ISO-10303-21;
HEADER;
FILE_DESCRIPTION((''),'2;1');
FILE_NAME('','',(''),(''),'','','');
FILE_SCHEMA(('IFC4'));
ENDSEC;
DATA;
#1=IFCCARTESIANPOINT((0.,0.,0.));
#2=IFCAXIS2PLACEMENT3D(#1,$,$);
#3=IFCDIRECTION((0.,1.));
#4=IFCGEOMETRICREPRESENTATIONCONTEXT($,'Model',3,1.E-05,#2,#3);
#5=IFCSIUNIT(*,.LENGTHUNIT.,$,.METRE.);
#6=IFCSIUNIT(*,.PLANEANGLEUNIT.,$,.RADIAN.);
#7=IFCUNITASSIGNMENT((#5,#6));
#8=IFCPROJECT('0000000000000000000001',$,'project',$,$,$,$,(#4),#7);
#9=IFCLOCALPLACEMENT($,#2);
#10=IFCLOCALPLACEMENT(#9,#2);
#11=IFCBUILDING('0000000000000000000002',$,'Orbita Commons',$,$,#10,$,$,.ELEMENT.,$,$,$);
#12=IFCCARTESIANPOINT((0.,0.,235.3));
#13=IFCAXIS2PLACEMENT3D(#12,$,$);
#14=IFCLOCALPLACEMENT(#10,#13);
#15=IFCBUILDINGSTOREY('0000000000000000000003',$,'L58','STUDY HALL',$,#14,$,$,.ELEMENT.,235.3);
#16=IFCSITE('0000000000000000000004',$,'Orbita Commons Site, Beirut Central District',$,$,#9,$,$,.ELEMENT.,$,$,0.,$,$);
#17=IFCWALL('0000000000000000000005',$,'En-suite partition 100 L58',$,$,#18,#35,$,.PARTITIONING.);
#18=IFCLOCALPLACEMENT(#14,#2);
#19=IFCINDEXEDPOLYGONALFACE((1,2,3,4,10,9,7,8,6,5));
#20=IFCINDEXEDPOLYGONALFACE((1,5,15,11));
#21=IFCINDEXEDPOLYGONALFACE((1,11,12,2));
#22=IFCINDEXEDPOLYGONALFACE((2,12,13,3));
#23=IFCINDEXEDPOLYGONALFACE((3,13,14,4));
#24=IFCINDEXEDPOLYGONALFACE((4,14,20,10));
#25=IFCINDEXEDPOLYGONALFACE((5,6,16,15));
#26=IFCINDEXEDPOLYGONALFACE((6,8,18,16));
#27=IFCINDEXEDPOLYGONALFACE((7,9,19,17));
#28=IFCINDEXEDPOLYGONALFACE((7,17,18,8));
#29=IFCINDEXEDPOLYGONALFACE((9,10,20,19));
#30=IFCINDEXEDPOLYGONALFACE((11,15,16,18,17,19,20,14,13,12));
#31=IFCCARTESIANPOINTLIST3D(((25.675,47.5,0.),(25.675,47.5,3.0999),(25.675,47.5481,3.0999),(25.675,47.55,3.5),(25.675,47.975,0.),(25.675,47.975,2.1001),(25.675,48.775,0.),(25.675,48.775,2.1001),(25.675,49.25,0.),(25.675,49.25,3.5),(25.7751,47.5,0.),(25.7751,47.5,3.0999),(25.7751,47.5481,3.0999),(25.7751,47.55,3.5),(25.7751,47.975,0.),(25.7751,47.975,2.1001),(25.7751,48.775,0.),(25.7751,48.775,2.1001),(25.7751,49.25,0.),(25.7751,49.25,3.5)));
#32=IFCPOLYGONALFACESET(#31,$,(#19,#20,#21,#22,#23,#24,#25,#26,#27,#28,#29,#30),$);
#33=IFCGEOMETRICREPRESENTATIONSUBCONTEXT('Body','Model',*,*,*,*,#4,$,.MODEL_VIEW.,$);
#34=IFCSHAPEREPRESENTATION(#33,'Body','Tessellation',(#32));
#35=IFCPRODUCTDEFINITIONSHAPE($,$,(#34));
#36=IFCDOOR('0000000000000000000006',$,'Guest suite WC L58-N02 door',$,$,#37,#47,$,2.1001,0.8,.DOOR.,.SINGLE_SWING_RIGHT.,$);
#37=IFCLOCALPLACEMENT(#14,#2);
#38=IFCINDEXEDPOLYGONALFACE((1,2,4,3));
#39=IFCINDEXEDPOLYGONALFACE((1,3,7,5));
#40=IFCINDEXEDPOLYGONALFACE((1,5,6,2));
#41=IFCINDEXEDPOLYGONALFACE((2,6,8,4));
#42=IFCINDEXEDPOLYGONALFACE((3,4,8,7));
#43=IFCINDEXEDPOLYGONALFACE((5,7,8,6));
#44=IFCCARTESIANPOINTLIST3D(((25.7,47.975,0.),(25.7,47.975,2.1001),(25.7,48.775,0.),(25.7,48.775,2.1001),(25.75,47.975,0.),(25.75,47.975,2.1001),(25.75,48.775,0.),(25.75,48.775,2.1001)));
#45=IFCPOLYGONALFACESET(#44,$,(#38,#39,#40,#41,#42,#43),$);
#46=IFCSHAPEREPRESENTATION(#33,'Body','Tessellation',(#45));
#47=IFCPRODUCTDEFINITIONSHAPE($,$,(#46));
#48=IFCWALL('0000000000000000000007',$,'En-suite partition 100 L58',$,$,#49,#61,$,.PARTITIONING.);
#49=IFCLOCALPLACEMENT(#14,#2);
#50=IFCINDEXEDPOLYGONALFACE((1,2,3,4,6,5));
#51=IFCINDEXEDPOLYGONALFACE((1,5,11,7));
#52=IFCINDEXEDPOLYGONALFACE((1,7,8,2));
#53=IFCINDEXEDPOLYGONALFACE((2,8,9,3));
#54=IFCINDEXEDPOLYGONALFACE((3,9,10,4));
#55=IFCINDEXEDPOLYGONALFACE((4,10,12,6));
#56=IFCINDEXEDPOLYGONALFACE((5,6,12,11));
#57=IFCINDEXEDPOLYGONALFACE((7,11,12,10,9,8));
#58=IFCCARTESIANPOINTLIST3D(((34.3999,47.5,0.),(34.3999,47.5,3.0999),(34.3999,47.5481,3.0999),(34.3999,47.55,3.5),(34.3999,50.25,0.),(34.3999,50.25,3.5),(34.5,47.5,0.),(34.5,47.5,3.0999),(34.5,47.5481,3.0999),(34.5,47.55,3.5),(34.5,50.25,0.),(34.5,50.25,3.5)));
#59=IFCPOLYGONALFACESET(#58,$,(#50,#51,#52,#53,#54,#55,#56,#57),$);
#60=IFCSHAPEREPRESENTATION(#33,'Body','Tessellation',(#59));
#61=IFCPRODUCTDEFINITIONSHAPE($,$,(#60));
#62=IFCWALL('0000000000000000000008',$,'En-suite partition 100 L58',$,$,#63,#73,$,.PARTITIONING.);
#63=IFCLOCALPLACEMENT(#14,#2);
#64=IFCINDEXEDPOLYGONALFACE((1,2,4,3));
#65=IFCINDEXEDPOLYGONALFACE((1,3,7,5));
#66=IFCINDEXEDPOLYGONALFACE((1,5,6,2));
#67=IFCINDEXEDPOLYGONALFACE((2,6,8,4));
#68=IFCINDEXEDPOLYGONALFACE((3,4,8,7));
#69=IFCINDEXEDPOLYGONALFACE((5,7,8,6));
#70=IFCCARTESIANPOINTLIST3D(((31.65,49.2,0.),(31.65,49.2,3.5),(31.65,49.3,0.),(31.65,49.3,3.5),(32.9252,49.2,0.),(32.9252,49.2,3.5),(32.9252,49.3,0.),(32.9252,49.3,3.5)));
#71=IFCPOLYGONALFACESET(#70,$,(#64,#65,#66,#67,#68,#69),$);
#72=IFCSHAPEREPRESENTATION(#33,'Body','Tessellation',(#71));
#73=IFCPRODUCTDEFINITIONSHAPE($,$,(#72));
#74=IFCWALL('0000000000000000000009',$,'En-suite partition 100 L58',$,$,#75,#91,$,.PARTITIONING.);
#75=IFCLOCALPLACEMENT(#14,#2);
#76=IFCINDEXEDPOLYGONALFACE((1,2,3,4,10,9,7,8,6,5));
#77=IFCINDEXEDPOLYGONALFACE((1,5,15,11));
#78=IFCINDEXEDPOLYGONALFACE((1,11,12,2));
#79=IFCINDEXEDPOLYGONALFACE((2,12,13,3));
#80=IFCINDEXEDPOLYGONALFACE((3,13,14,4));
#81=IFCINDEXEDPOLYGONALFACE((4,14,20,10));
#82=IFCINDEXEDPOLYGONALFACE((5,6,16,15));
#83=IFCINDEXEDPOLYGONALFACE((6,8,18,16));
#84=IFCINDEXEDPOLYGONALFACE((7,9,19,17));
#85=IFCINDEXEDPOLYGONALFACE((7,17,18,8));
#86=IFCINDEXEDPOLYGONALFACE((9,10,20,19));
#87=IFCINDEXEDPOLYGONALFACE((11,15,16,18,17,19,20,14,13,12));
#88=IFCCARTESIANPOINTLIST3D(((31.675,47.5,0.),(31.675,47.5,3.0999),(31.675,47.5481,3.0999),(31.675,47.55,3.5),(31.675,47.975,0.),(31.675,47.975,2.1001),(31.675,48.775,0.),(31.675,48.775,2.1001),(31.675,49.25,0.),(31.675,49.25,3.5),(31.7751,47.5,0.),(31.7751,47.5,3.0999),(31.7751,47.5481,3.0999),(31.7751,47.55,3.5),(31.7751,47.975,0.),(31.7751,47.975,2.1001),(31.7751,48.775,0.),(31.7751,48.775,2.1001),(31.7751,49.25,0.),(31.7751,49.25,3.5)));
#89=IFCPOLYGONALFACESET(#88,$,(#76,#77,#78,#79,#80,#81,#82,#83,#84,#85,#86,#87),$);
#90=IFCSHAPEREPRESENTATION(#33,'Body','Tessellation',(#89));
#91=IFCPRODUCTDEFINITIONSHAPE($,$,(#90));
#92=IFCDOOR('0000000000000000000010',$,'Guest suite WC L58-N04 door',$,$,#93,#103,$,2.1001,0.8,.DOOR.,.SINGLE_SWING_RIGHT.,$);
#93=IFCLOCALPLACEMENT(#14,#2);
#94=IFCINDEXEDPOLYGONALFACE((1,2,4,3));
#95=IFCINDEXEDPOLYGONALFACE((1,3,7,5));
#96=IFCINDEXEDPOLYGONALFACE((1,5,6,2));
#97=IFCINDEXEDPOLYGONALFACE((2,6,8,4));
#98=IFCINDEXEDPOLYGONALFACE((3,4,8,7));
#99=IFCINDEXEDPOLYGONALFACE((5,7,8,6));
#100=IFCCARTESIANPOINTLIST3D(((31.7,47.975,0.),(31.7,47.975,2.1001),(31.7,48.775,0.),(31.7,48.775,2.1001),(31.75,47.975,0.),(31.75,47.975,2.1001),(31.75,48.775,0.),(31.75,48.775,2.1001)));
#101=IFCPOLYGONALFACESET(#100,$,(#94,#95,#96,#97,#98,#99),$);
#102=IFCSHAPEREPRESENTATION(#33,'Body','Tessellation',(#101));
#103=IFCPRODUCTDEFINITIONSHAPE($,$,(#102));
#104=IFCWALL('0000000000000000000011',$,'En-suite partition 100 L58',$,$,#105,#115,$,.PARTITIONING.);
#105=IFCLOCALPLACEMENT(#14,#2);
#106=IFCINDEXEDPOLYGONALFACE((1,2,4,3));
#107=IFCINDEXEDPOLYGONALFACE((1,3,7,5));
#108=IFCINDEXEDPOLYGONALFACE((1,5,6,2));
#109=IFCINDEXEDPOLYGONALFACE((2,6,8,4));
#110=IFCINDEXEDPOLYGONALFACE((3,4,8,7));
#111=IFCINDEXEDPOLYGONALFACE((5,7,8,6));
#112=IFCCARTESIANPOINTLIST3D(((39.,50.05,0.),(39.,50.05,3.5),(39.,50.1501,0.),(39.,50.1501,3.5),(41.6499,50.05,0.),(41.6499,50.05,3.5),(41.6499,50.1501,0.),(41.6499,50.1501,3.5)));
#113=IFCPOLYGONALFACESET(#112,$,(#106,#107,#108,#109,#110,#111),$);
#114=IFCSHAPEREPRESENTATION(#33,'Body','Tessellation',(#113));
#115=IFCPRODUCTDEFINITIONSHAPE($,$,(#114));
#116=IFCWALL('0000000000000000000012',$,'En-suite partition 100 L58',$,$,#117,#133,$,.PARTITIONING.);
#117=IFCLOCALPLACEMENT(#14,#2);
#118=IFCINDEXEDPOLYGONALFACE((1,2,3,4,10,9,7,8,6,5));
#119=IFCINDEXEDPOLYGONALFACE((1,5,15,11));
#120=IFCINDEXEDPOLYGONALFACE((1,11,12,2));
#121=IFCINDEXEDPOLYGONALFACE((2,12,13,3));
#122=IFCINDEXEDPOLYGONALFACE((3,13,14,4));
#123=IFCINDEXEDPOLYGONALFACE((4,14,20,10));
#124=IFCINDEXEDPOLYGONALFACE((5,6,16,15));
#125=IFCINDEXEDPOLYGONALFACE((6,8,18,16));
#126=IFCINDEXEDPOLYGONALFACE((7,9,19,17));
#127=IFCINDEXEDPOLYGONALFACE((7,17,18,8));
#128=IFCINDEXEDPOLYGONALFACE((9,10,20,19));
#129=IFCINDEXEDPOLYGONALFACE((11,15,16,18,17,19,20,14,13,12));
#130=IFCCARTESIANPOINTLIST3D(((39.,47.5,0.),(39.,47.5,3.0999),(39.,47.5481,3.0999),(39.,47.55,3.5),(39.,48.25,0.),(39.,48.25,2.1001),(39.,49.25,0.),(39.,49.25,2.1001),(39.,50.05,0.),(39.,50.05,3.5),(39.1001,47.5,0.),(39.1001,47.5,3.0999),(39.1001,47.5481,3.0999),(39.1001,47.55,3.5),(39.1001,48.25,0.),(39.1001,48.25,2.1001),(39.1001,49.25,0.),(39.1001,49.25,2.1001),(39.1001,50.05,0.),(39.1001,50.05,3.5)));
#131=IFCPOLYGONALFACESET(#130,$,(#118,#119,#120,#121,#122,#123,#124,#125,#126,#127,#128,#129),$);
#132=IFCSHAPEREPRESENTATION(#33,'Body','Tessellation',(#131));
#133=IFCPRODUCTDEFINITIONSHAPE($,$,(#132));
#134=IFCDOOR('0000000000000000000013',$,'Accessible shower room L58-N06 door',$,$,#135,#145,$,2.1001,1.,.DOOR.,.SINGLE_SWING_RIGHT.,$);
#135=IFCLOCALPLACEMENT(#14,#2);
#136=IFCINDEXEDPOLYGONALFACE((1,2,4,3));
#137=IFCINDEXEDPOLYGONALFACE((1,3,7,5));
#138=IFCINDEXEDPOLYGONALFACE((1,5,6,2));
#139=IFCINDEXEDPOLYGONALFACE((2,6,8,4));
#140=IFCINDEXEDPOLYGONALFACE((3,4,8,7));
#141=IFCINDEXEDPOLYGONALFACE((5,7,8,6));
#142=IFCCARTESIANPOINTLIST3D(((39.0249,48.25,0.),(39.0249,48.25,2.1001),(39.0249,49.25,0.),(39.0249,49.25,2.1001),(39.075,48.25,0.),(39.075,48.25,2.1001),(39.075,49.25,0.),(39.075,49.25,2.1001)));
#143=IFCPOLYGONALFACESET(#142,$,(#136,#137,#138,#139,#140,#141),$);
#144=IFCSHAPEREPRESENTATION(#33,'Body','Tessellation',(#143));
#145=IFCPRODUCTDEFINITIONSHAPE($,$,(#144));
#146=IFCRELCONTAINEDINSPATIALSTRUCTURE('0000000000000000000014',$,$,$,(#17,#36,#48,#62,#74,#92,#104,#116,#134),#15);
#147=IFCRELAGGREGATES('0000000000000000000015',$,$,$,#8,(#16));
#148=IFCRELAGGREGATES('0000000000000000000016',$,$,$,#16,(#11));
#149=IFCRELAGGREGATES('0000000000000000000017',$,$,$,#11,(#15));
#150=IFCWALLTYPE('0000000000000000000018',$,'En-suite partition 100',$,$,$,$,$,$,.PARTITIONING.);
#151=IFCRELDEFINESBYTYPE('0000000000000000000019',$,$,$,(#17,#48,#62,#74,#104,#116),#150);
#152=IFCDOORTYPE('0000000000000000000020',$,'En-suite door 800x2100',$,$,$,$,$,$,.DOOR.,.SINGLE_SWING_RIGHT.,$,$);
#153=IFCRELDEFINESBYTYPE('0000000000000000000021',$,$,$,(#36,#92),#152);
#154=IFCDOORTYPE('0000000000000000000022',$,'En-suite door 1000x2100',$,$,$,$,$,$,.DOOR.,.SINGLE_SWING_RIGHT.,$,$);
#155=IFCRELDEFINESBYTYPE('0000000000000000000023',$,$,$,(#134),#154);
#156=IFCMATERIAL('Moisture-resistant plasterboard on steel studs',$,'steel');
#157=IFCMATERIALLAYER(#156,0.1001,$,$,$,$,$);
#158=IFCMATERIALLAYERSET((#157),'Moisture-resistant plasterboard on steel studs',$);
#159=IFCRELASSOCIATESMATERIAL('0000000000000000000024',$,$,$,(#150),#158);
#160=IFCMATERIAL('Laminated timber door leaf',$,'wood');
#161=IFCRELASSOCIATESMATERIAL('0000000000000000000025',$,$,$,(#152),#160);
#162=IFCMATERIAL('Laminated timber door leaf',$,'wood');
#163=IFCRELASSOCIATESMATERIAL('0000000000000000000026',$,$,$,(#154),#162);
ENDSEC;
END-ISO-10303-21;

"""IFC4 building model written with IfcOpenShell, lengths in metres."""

from ifc_helpers import new_model, si_unit, direction, frame, frame_2d, origin, place, context, subcontext, project, spatial, polyline, rectangle, outline, extrude, material, layer, layer_set, type_object, element, fill, save


model = new_model("IFC4")

# Units and contexts
model_context = context("Model", 3, precision=1e-05, world=origin(), true_north=direction((0.0, 1.0)))
body_context = subcontext(model_context, "Body", "Model", "MODEL_VIEW")
ifc_project = project(units=[si_unit("LENGTHUNIT", "METRE"), si_unit("PLANEANGLEUNIT", "RADIAN")], contexts=[model_context])

# Site, building, storey
site_placement = place(None, origin())
site = spatial("IfcSite", under=ifc_project, at=site_placement, Name="Orbita Commons Site, Beirut Central District", CompositionType="ELEMENT", RefElevation=0.0)
building_placement = place(site_placement, origin())
building = spatial("IfcBuilding", under=site, at=building_placement, Name="Orbita Commons", CompositionType="ELEMENT")
storey_placement = place(building_placement, frame((0.0, 0.0, 235.3)))
storey = spatial("IfcBuildingStorey", under=building, at=storey_placement, Name="L58", Description="STUDY HALL", CompositionType="ELEMENT", Elevation=235.3)

# Shared definitions
ifc_material_1 = material(Name="Moisture-resistant plasterboard on steel studs", Category="steel")
ifc_layer_1 = layer(ifc_material_1, 0.1001)
ifc_layer_set_1 = layer_set([ifc_layer_1], Name="Moisture-resistant plasterboard on steel studs")
wall_type_1 = type_object("IfcWallType", Name="En-suite partition 100", PredefinedType="PARTITIONING", material=ifc_layer_set_1)

# Wall, opening, door
wall_1_placement = place(storey_placement, frame((25.7251, 49.25, 0.0), z_axis=(0.0, 0.0, 1.0), x_axis=(0.0, -1.0, 0.0)))
wall_1 = element("IfcWall", 1, at=wall_1_placement, inside=storey, type_object=wall_type_1, Name="En-suite partition 100 L58", PredefinedType="PARTITIONING", context=body_context, shape_type="SweptSolid", body=[
    extrude(outline(polyline([(0.0, 0.0), (1.75, 0.0), (1.75, 3.0999), (1.7019, 3.0999), (1.7, 3.5), (0.0, 3.5), (0.0, 0.0)])), frame((0.0, 0.05, 0.0), z_axis=(0.0, -1.0, 0.0), x_axis=(1.0, 0.0, 0.0)), (0.0, 0.0, 1.0), 0.1001),
])
opening_1_placement = place(wall_1_placement, frame((0.4751, 0.0, 0.0)))
opening_1 = element("IfcOpeningElement", 2, at=opening_1_placement, cuts=wall_1, PredefinedType="OPENING", context=body_context, shape_type="SweptSolid", body=[
    extrude(rectangle(XDim=0.8, YDim=2.1001, at=frame_2d((0.3999, 1.05))), frame((0.0, 0.0601, 0.0), z_axis=(0.0, -1.0, 0.0), x_axis=(1.0, 0.0, 0.0)), (0.0, 0.0, 1.0), 0.1201),
])
ifc_material_2 = material(Name="Laminated timber door leaf", Category="wood")
door_type_1 = type_object("IfcDoorType", Name="En-suite door 800x2100", OperationType="SINGLE_SWING_RIGHT", PredefinedType="DOOR", material=ifc_material_2)
door_1_placement = place(opening_1_placement, origin())
door_1 = element("IfcDoor", 3, at=door_1_placement, inside=storey, type_object=door_type_1, Name="Guest suite WC L58-N02 door", OperationType="SINGLE_SWING_RIGHT", OverallHeight=2.1001, OverallWidth=0.8, PredefinedType="DOOR", context=body_context, shape_type="SweptSolid", body=[
    extrude(rectangle(XDim=0.8, YDim=2.1001, at=frame_2d((0.3999, 1.05))), frame((0.0, 0.0249, 0.0), z_axis=(0.0, -1.0, 0.0), x_axis=(1.0, 0.0, 0.0)), (0.0, 0.0, 1.0), 0.05),
])
fill(opening_1, door_1)

# Walls
wall_2_placement = place(storey_placement, frame((34.45, 50.25, 0.0), z_axis=(0.0, 0.0, 1.0), x_axis=(0.0, -1.0, 0.0)))
element("IfcWall", 4, at=wall_2_placement, inside=storey, type_object=wall_type_1, Name="En-suite partition 100 L58", PredefinedType="PARTITIONING", context=body_context, shape_type="SweptSolid", body=[
    extrude(outline(polyline([(0.0, 0.0), (2.75, 0.0), (2.75, 3.0999), (2.7019, 3.0999), (2.7, 3.5), (0.0, 3.5), (0.0, 0.0)])), frame((0.0, 0.05, 0.0), z_axis=(0.0, -1.0, 0.0), x_axis=(1.0, 0.0, 0.0)), (0.0, 0.0, 1.0), 0.1001),
])
wall_3_placement = place(storey_placement, frame((31.6499, 49.25, 0.0), z_axis=(0.0, 0.0, 1.0), x_axis=(1.0, 0.0, 0.0)))
element("IfcWall", 5, at=wall_3_placement, inside=storey, type_object=wall_type_1, Name="En-suite partition 100 L58", PredefinedType="PARTITIONING", context=body_context, shape_type="SweptSolid", body=[
    extrude(rectangle(XDim=1.2751, YDim=0.1001, at=frame_2d((0.6377, 0.0))), origin(), (0.0, 0.0, 1.0), 3.5),
])

# Wall, opening, door
wall_4_placement = place(storey_placement, frame((31.7251, 49.25, 0.0), z_axis=(0.0, 0.0, 1.0), x_axis=(0.0, -1.0, 0.0)))
wall_4 = element("IfcWall", 6, at=wall_4_placement, inside=storey, type_object=wall_type_1, Name="En-suite partition 100 L58", PredefinedType="PARTITIONING", context=body_context, shape_type="SweptSolid", body=[
    extrude(outline(polyline([(0.0, 0.0), (1.75, 0.0), (1.75, 3.0999), (1.7019, 3.0999), (1.7, 3.5), (0.0, 3.5), (0.0, 0.0)])), frame((0.0, 0.05, 0.0), z_axis=(0.0, -1.0, 0.0), x_axis=(1.0, 0.0, 0.0)), (0.0, 0.0, 1.0), 0.1001),
])
opening_2_placement = place(wall_4_placement, frame((0.4751, 0.0, 0.0)))
opening_2 = element("IfcOpeningElement", 7, at=opening_2_placement, cuts=wall_4, PredefinedType="OPENING", context=body_context, shape_type="SweptSolid", body=[
    extrude(rectangle(XDim=0.8, YDim=2.1001, at=frame_2d((0.3999, 1.05))), frame((0.0, 0.0601, 0.0), z_axis=(0.0, -1.0, 0.0), x_axis=(1.0, 0.0, 0.0)), (0.0, 0.0, 1.0), 0.1201),
])
door_2_placement = place(opening_2_placement, origin())
door_2 = element("IfcDoor", 8, at=door_2_placement, inside=storey, type_object=door_type_1, Name="Guest suite WC L58-N04 door", OperationType="SINGLE_SWING_RIGHT", OverallHeight=2.1001, OverallWidth=0.8, PredefinedType="DOOR", context=body_context, shape_type="SweptSolid", body=[
    extrude(rectangle(XDim=0.8, YDim=2.1001, at=frame_2d((0.3999, 1.05))), frame((0.0, 0.0249, 0.0), z_axis=(0.0, -1.0, 0.0), x_axis=(1.0, 0.0, 0.0)), (0.0, 0.0, 1.0), 0.05),
])
fill(opening_2, door_2)

# Wall
wall_5_placement = place(storey_placement, frame((39.0, 50.1001, 0.0), z_axis=(0.0, 0.0, 1.0), x_axis=(1.0, 0.0, 0.0)))
element("IfcWall", 9, at=wall_5_placement, inside=storey, type_object=wall_type_1, Name="En-suite partition 100 L58", PredefinedType="PARTITIONING", context=body_context, shape_type="SweptSolid", body=[
    extrude(rectangle(XDim=2.6499, YDim=0.1001, at=frame_2d((1.325, 0.0))), origin(), (0.0, 0.0, 1.0), 3.5),
])

# Wall, opening, door
wall_6_placement = place(storey_placement, frame((39.05, 50.05, 0.0), z_axis=(0.0, 0.0, 1.0), x_axis=(0.0, -1.0, 0.0)))
wall_6 = element("IfcWall", 10, at=wall_6_placement, inside=storey, type_object=wall_type_1, Name="En-suite partition 100 L58", PredefinedType="PARTITIONING", context=body_context, shape_type="SweptSolid", body=[
    extrude(outline(polyline([(0.0, 0.0), (2.55, 0.0), (2.55, 3.0999), (2.502, 3.0999), (2.5, 3.5), (0.0, 3.5), (0.0, 0.0)])), frame((0.0, 0.05, 0.0), z_axis=(0.0, -1.0, 0.0), x_axis=(1.0, 0.0, 0.0)), (0.0, 0.0, 1.0), 0.1001),
])
opening_3_placement = place(wall_6_placement, frame((0.8, 0.0, 0.0)))
opening_3 = element("IfcOpeningElement", 11, at=opening_3_placement, cuts=wall_6, PredefinedType="OPENING", context=body_context, shape_type="SweptSolid", body=[
    extrude(rectangle(XDim=1.0, YDim=2.1001, at=frame_2d((0.5, 1.05))), frame((0.0, 0.0601, 0.0), z_axis=(0.0, -1.0, 0.0), x_axis=(1.0, 0.0, 0.0)), (0.0, 0.0, 1.0), 0.1201),
])
ifc_material_3 = material(Name="Laminated timber door leaf", Category="wood")
door_type_2 = type_object("IfcDoorType", Name="En-suite door 1000x2100", OperationType="SINGLE_SWING_RIGHT", PredefinedType="DOOR", material=ifc_material_3)
door_3_placement = place(opening_3_placement, origin())
door_3 = element("IfcDoor", 12, at=door_3_placement, inside=storey, type_object=door_type_2, Name="Accessible shower room L58-N06 door", OperationType="SINGLE_SWING_RIGHT", OverallHeight=2.1001, OverallWidth=1.0, PredefinedType="DOOR", context=body_context, shape_type="SweptSolid", body=[
    extrude(rectangle(XDim=1.0, YDim=2.1001, at=frame_2d((0.5, 1.05))), frame((0.0, 0.0249, 0.0), z_axis=(0.0, -1.0, 0.0), x_axis=(1.0, 0.0, 0.0)), (0.0, 0.0, 1.0), 0.05),
])
fill(opening_3, door_3)

save(model, "model.ifc")
